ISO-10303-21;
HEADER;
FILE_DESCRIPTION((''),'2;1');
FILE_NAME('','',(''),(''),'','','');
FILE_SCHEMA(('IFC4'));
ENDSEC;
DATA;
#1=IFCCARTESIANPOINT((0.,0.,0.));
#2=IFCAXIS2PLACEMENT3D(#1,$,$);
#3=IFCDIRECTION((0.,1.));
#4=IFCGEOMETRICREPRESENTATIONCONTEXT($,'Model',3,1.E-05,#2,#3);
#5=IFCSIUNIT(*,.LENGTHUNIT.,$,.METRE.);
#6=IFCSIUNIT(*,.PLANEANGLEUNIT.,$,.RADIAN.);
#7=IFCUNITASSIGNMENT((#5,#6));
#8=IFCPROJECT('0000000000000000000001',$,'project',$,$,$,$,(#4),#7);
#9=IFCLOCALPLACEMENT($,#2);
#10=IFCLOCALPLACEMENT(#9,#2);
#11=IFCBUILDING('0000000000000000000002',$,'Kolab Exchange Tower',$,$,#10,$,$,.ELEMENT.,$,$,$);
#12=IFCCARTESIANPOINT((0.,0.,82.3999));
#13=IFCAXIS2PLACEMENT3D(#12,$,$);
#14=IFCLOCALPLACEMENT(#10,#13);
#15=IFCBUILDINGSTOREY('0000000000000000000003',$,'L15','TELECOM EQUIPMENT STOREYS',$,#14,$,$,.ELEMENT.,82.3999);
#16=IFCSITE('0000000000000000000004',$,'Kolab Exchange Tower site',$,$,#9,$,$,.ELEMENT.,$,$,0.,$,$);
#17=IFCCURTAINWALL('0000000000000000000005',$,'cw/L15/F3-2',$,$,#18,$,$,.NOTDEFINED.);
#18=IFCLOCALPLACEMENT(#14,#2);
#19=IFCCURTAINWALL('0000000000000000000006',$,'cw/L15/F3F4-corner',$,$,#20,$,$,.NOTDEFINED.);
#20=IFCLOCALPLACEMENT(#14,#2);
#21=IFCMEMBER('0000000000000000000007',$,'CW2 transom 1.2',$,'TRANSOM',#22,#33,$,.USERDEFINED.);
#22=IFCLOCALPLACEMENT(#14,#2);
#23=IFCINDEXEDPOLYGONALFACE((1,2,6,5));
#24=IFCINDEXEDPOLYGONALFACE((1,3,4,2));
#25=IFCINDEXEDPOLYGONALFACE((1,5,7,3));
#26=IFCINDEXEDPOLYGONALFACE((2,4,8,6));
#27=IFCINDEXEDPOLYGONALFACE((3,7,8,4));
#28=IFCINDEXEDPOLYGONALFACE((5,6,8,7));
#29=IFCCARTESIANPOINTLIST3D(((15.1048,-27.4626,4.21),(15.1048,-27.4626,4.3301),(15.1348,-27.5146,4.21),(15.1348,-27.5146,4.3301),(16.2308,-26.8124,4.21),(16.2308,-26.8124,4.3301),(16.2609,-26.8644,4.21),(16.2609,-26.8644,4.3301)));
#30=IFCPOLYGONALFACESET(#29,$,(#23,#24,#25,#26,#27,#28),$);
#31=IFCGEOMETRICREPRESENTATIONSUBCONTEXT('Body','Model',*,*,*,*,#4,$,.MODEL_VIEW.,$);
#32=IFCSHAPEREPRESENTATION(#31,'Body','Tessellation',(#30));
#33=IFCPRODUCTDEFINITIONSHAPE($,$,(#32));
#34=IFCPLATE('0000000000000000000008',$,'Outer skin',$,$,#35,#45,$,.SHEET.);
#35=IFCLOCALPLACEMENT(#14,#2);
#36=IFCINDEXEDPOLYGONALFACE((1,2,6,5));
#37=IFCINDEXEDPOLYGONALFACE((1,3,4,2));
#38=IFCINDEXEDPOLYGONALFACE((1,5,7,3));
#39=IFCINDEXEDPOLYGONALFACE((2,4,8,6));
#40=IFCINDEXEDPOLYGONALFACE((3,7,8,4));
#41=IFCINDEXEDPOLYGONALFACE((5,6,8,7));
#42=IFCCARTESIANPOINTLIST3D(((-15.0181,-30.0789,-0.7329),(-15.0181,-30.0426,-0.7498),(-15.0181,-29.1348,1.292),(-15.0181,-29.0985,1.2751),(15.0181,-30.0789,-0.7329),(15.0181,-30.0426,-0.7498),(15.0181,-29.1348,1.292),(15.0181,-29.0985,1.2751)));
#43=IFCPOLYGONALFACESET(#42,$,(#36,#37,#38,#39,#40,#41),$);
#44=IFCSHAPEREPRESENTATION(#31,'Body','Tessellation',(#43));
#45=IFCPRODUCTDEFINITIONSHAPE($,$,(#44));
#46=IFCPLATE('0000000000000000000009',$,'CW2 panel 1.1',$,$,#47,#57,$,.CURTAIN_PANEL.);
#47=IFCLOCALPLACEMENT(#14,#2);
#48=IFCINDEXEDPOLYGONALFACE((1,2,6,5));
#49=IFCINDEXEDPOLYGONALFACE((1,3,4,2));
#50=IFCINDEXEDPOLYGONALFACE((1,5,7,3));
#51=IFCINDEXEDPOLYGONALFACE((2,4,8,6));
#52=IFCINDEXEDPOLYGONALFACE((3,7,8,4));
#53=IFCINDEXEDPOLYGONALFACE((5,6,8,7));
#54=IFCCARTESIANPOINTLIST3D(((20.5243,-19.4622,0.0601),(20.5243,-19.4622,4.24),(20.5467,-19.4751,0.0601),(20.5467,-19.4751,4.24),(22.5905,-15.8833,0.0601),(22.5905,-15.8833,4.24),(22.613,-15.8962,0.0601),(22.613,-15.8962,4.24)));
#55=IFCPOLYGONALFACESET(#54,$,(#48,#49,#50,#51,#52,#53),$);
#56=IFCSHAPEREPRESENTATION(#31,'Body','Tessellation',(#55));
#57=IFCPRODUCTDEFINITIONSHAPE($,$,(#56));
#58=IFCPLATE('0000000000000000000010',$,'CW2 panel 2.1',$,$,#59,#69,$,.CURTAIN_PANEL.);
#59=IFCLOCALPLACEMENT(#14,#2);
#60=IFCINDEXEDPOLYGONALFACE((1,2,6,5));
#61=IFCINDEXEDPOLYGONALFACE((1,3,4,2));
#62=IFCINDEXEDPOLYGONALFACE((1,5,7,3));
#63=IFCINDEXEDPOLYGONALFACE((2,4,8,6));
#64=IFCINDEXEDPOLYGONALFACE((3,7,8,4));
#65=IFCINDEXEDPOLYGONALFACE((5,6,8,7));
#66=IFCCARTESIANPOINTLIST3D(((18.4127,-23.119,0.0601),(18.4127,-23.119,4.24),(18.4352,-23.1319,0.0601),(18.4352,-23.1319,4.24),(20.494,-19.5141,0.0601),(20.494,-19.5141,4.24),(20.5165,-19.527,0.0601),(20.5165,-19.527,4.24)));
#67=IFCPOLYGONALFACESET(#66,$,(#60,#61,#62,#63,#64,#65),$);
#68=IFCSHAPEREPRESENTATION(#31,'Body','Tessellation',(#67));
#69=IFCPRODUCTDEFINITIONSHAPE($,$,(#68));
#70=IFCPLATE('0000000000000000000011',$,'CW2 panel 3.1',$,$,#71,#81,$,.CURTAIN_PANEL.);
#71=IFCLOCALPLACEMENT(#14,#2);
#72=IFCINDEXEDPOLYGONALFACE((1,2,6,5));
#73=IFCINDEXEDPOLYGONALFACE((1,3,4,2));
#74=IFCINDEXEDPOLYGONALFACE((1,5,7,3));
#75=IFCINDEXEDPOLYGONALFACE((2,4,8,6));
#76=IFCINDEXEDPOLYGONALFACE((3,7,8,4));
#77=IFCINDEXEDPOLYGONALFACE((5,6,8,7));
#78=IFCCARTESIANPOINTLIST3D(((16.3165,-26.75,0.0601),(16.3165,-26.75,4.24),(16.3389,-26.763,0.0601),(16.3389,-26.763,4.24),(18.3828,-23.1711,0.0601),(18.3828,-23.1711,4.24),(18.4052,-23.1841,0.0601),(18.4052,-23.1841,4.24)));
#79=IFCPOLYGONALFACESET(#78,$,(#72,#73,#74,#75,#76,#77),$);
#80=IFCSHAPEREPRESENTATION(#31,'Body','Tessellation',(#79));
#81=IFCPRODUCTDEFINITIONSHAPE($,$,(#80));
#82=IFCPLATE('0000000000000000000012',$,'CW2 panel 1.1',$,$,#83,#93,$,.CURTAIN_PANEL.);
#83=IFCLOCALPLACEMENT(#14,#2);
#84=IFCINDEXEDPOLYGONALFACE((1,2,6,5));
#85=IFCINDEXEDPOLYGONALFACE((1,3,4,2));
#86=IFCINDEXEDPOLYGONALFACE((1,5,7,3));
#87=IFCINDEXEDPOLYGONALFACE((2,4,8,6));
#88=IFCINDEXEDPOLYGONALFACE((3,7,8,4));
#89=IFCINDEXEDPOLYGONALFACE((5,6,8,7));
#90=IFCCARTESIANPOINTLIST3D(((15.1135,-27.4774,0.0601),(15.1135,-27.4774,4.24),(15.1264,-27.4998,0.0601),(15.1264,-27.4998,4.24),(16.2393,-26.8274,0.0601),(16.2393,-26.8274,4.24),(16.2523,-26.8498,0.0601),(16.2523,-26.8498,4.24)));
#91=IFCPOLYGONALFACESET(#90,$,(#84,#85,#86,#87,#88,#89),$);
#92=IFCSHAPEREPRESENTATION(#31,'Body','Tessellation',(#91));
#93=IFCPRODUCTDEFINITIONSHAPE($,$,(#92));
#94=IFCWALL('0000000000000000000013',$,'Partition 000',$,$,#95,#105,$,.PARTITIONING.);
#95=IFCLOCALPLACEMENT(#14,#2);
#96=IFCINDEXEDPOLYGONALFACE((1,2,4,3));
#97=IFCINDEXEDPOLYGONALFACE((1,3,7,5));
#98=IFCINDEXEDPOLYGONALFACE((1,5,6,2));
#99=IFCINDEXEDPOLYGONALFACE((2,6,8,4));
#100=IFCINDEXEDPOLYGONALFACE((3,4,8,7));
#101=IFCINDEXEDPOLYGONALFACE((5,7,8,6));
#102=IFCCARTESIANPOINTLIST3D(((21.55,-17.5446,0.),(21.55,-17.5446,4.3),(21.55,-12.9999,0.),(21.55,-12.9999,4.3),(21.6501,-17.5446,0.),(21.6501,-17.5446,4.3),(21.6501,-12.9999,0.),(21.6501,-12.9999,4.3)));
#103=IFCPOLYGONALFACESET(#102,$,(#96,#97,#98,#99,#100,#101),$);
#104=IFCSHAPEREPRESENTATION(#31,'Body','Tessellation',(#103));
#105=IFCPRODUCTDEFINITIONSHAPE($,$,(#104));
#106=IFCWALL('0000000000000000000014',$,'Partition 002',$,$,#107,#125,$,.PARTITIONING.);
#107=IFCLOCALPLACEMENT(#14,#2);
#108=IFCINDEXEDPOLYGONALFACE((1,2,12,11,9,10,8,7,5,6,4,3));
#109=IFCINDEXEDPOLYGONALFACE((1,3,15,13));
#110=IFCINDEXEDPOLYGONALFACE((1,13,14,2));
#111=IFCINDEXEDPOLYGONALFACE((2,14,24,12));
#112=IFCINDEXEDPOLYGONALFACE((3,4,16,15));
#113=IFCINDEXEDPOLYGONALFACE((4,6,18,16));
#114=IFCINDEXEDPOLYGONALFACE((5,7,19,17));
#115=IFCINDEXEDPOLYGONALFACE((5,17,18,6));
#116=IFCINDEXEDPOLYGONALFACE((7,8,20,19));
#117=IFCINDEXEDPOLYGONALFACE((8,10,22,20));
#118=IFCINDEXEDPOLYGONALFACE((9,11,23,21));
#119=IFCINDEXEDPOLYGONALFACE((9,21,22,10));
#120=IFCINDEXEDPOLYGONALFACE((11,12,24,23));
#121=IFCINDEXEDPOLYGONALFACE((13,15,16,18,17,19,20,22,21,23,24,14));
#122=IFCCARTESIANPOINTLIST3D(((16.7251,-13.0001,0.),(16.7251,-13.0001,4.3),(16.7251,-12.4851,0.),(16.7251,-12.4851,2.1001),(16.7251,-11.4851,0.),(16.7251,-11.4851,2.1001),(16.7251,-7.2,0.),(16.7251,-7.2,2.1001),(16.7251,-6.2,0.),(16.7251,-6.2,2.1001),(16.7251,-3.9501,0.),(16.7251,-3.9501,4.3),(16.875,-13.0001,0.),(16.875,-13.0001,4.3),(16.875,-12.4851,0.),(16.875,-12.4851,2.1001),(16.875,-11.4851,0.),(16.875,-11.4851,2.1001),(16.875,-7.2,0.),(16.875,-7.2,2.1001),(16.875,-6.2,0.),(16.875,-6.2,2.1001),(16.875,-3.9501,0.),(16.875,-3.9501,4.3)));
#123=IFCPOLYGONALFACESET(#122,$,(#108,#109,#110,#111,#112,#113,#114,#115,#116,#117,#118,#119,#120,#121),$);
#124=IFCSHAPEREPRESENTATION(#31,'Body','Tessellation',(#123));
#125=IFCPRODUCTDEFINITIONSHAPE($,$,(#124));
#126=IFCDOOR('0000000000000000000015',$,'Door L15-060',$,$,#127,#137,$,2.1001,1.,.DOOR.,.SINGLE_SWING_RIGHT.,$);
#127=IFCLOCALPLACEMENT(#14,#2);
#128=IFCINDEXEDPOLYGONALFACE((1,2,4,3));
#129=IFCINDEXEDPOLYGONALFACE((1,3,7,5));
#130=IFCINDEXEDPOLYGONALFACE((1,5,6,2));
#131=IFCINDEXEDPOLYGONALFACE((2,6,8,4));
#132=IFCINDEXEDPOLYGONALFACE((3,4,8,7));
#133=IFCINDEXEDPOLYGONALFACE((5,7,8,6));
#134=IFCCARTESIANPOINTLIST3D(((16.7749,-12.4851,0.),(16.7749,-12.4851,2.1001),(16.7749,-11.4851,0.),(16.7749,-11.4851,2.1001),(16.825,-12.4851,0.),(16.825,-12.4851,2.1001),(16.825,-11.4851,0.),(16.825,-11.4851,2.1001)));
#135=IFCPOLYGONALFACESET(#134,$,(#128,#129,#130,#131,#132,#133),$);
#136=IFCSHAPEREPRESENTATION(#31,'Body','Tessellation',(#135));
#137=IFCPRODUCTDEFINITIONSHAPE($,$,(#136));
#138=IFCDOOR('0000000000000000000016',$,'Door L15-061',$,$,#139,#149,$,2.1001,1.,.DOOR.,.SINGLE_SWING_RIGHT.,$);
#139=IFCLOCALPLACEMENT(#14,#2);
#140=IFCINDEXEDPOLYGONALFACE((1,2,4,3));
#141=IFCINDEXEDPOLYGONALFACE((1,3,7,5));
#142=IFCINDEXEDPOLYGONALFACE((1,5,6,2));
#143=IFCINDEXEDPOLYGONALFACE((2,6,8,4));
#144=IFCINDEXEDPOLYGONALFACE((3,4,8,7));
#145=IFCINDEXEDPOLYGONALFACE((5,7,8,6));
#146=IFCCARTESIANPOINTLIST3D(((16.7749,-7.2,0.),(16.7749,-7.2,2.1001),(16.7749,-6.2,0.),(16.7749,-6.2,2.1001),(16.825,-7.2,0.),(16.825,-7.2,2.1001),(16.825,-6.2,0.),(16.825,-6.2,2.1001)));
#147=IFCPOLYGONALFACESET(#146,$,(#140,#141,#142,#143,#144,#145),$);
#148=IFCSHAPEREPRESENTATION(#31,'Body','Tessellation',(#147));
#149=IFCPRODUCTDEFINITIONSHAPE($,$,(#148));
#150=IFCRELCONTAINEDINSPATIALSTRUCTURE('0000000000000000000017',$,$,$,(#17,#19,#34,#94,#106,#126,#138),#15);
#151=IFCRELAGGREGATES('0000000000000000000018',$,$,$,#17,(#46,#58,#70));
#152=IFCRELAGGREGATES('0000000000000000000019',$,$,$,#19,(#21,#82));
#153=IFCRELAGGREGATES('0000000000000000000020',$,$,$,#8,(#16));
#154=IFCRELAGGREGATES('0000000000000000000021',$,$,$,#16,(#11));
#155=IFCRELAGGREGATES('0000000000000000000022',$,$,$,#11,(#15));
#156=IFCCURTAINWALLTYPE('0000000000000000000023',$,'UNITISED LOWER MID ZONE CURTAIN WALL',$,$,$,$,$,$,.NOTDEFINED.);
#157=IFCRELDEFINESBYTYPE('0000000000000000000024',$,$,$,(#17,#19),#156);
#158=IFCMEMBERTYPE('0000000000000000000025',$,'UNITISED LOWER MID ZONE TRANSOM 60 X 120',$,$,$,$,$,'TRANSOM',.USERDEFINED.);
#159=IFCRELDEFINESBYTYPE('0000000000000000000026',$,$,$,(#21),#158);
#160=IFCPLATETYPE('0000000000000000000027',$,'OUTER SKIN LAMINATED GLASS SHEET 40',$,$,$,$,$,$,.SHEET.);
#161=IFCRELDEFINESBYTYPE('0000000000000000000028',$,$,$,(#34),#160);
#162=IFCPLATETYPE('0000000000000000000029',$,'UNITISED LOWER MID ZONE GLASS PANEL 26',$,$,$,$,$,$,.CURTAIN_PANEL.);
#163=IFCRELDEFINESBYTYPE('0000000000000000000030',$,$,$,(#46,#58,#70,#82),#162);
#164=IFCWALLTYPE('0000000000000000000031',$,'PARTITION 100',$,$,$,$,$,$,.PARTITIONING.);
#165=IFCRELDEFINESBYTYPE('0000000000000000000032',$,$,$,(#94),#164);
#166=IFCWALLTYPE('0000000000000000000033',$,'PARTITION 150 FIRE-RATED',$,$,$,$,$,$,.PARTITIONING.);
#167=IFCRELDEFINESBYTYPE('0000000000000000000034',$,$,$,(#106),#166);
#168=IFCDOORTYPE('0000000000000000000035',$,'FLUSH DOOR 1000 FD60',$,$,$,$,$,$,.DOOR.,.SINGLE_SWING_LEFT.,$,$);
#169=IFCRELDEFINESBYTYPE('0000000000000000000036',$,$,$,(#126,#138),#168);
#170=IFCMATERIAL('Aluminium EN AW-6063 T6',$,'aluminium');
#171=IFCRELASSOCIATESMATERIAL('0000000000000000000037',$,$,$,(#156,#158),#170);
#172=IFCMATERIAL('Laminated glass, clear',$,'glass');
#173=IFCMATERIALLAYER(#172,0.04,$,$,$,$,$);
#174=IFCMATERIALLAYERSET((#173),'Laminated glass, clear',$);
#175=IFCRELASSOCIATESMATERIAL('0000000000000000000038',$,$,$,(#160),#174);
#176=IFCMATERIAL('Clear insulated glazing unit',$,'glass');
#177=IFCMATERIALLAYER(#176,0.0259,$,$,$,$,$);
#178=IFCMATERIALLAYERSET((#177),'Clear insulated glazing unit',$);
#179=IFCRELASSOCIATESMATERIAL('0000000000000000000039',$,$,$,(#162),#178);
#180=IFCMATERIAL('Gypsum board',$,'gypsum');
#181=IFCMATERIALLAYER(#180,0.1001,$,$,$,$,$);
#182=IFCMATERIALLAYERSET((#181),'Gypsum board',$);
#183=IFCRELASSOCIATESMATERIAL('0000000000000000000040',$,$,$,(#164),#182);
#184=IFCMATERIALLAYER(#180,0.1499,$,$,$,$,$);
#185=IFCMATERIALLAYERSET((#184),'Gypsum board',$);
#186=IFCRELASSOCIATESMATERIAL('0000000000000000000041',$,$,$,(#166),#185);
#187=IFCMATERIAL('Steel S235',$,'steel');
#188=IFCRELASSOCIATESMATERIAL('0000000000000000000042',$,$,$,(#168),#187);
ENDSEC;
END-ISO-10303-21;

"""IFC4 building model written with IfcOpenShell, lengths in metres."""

from ifc_helpers import new_model, si_unit, direction, frame, frame_2d, origin, origin_2d, place, context, subcontext, project, spatial, polyline, rectangle, outline, extrude, material, layer, layer_set, material_profile, profile_set, type_object, element, fill, aggregate, save


model = new_model("IFC4")

# Units and contexts
model_context = context("Model", 3, precision=1e-05, world=origin(), true_north=direction((0.0, 1.0)))
body_context = subcontext(model_context, "Body", "Model", "MODEL_VIEW")
ifc_project = project(units=[si_unit("LENGTHUNIT", "METRE"), si_unit("PLANEANGLEUNIT", "RADIAN")], contexts=[model_context])

# Site, building, storey
site_placement = place(None, origin())
site = spatial("IfcSite", under=ifc_project, at=site_placement, Name="Kolab Exchange Tower site", CompositionType="ELEMENT", RefElevation=0.0)
building_placement = place(site_placement, origin())
building = spatial("IfcBuilding", under=site, at=building_placement, Name="Kolab Exchange Tower", CompositionType="ELEMENT")
storey_placement = place(building_placement, frame((0.0, 0.0, 82.3999)))
storey = spatial("IfcBuildingStorey", under=building, at=storey_placement, Name="L15", Description="TELECOM EQUIPMENT STOREYS", CompositionType="ELEMENT", Elevation=82.3999)

# Curtain wall
ifc_material_1 = material(Name="Aluminium EN AW-6063 T6", Category="aluminium")
curtain_wall_type = type_object("IfcCurtainWallType", Name="UNITISED LOWER MID ZONE CURTAIN WALL", PredefinedType="NOTDEFINED", material=ifc_material_1)
curtain_wall_1_placement = place(storey_placement, origin())
curtain_wall_1 = element("IfcCurtainWall", 1, at=curtain_wall_1_placement, inside=storey, type_object=curtain_wall_type, Name="cw/L15/F3-2", PredefinedType="NOTDEFINED")

# Curtain wall
curtain_wall_2_placement = place(storey_placement, origin())
curtain_wall_2 = element("IfcCurtainWall", 2, at=curtain_wall_2_placement, inside=storey, type_object=curtain_wall_type, Name="cw/L15/F3F4-corner", PredefinedType="NOTDEFINED")

# Member
ifc_material_profile_1 = material_profile(ifc_material_1, rectangle(XDim=0.0601, YDim=0.1201, at=origin_2d()), Name="RECT 60X120")
ifc_profile_set_1 = profile_set([ifc_material_profile_1], Name="Aluminium EN AW-6063 T6")
member_type_1 = type_object("IfcMemberType", Name="UNITISED LOWER MID ZONE TRANSOM 60 X 120", ElementType="TRANSOM", PredefinedType="USERDEFINED", material=ifc_profile_set_1)
member_1_placement = place(storey_placement, frame((16.2458, -26.8384, 4.27), z_axis=(-0.866004, -0.500037, 0.0), x_axis=(0.500037, -0.866004, 0.0)))
member_1 = element("IfcMember", 3, at=member_1_placement, type_object=member_type_1, Name="CW2 transom 1.2", ObjectType="TRANSOM", PredefinedType="USERDEFINED", context=body_context, shape_type="SweptSolid", body=[
    extrude(rectangle(XDim=0.0601, YDim=0.1201, at=origin_2d()), origin(), (0.0, 0.0, 1.0), 1.3003),
])

# Plates
ifc_material_2 = material(Name="Laminated glass, clear", Category="glass")
ifc_layer_1 = layer(ifc_material_2, 0.04)
ifc_layer_set_1 = layer_set([ifc_layer_1], Name="Laminated glass, clear")
plate_type_1 = type_object("IfcPlateType", Name="OUTER SKIN LAMINATED GLASS SHEET 40", PredefinedType="SHEET", material=ifc_layer_set_1)
plate_1_placement = place(storey_placement, frame((15.0181, -30.0789, -0.7329), z_axis=(0.0, -0.906331, 0.422568), x_axis=(-1.0, 0.0, 0.0)))
element("IfcPlate", 4, at=plate_1_placement, inside=storey, type_object=plate_type_1, Name="Outer skin", PredefinedType="SHEET", context=body_context, shape_type="SweptSolid", body=[
    extrude(outline(polyline([(0.0, 0.0), (30.0361, 0.0), (30.0361, -2.2342), (0.0, -2.2342), (0.0, 0.0)])), origin(), (0.0, 0.0, -1.0), 0.04),
])
ifc_material_3 = material(Name="Clear insulated glazing unit", Category="glass")
ifc_layer_2 = layer(ifc_material_3, 0.0259)
ifc_layer_set_2 = layer_set([ifc_layer_2], Name="Clear insulated glazing unit")
plate_type_2 = type_object("IfcPlateType", Name="UNITISED LOWER MID ZONE GLASS PANEL 26", PredefinedType="CURTAIN_PANEL", material=ifc_layer_set_2)
plate_2_placement = place(storey_placement, frame((21.5686, -17.6792, 0.0601), z_axis=(0.0, 0.0, 1.0), x_axis=(-0.5, -0.866025, 0.0)))
plate_2 = element("IfcPlate", 5, at=plate_2_placement, type_object=plate_type_2, Name="CW2 panel 1.1", PredefinedType="CURTAIN_PANEL", context=body_context, shape_type="SweptSolid", body=[
    extrude(rectangle(XDim=4.1326, YDim=0.0259, at=origin_2d()), origin(), (0.0, 0.0, 1.0), 4.1799),
])
plate_3_placement = place(storey_placement, frame((19.4646, -21.323, 0.0601), z_axis=(0.0, 0.0, 1.0), x_axis=(-0.5, -0.866025, 0.0)))
plate_3 = element("IfcPlate", 6, at=plate_3_placement, type_object=plate_type_2, Name="CW2 panel 2.1", PredefinedType="CURTAIN_PANEL", context=body_context, shape_type="SweptSolid", body=[
    extrude(rectangle(XDim=4.1626, YDim=0.0259, at=origin_2d()), origin(), (0.0, 0.0, 1.0), 4.1799),
])
plate_4_placement = place(storey_placement, frame((17.3608, -24.967, 0.0601), z_axis=(0.0, 0.0, 1.0), x_axis=(-0.5, -0.866025, 0.0)))
plate_4 = element("IfcPlate", 7, at=plate_4_placement, type_object=plate_type_2, Name="CW2 panel 3.1", PredefinedType="CURTAIN_PANEL", context=body_context, shape_type="SweptSolid", body=[
    extrude(rectangle(XDim=4.1326, YDim=0.0259, at=origin_2d()), origin(), (0.0, 0.0, 1.0), 4.1799),
])
aggregate(curtain_wall_1, [plate_2, plate_3, plate_4])
plate_5_placement = place(storey_placement, frame((15.6829, -27.1636, 0.0601), z_axis=(0.0, 0.0, 1.0), x_axis=(-0.866025, -0.5, 0.0)))
plate_5 = element("IfcPlate", 8, at=plate_5_placement, type_object=plate_type_2, Name="CW2 panel 1.1", PredefinedType="CURTAIN_PANEL", context=body_context, shape_type="SweptSolid", body=[
    extrude(rectangle(XDim=1.3, YDim=0.0259, at=origin_2d()), origin(), (0.0, 0.0, 1.0), 4.1799),
])
aggregate(curtain_wall_2, [member_1, plate_5])

# Wall
ifc_material_4 = material(Name="Gypsum board", Category="gypsum")
ifc_layer_3 = layer(ifc_material_4, 0.1001)
ifc_layer_set_3 = layer_set([ifc_layer_3], Name="Gypsum board")
wall_type_1 = type_object("IfcWallType", Name="PARTITION 100", PredefinedType="PARTITIONING", material=ifc_layer_set_3)
wall_1_placement = place(storey_placement, frame((21.6001, -17.5447, 0.0), z_axis=(0.0, 0.0, 1.0), x_axis=(0.0, 1.0, 0.0)))
element("IfcWall", 9, at=wall_1_placement, inside=storey, type_object=wall_type_1, Name="Partition 000", PredefinedType="PARTITIONING", context=body_context, shape_type="SweptSolid", body=[
    extrude(rectangle(XDim=4.5447, YDim=0.1001, at=frame_2d((2.2725, 0.0))), origin(), (0.0, 0.0, 1.0), 4.3),
])

# Wall, openings, doors
ifc_layer_4 = layer(ifc_material_4, 0.1499)
ifc_layer_set_4 = layer_set([ifc_layer_4], Name="Gypsum board")
wall_type_2 = type_object("IfcWallType", Name="PARTITION 150 FIRE-RATED", PredefinedType="PARTITIONING", material=ifc_layer_set_4)
wall_2_placement = place(storey_placement, frame((16.8, -13.0, 0.0), z_axis=(0.0, 0.0, 1.0), x_axis=(0.0, 1.0, 0.0)))
wall_2 = element("IfcWall", 10, at=wall_2_placement, inside=storey, type_object=wall_type_2, Name="Partition 002", PredefinedType="PARTITIONING", context=body_context, shape_type="SweptSolid", body=[
    extrude(rectangle(XDim=9.05, YDim=0.1499, at=frame_2d((4.5249, 0.0))), origin(), (0.0, 0.0, 1.0), 4.3),
])
opening_1_placement = place(wall_2_placement, frame((0.5149, 0.0, 0.0)))
opening_1 = element("IfcOpeningElement", 11, at=opening_1_placement, cuts=wall_2, PredefinedType="OPENING", context=body_context, shape_type="SweptSolid", body=[
    extrude(rectangle(XDim=1.0, YDim=2.1001, at=frame_2d((0.5, 1.05))), frame((0.0, 0.085, 0.0), z_axis=(0.0, -1.0, 0.0), x_axis=(1.0, 0.0, 0.0)), (0.0, 0.0, 1.0), 0.1699),
])
opening_2_placement = place(wall_2_placement, frame((5.8, 0.0, 0.0)))
opening_2 = element("IfcOpeningElement", 12, at=opening_2_placement, cuts=wall_2, PredefinedType="OPENING", context=body_context, shape_type="SweptSolid", body=[
    extrude(rectangle(XDim=1.0, YDim=2.1001, at=frame_2d((0.5, 1.05))), frame((0.0, 0.085, 0.0), z_axis=(0.0, -1.0, 0.0), x_axis=(1.0, 0.0, 0.0)), (0.0, 0.0, 1.0), 0.1699),
])
ifc_material_5 = material(Name="Steel S235", Category="steel")
door_type = type_object("IfcDoorType", Name="FLUSH DOOR 1000 FD60", OperationType="SINGLE_SWING_LEFT", PredefinedType="DOOR", material=ifc_material_5)
door_1_placement = place(opening_1_placement, frame((1.0, 0.0, 0.0), z_axis=(0.0, 0.0, 1.0), x_axis=(-1.0, 0.0, 0.0)))
door_1 = element("IfcDoor", 13, at=door_1_placement, inside=storey, type_object=door_type, Name="Door L15-060", OperationType="SINGLE_SWING_RIGHT", OverallHeight=2.1001, OverallWidth=1.0, PredefinedType="DOOR", context=body_context, shape_type="SweptSolid", body=[
    extrude(rectangle(XDim=1.0, YDim=2.1001, at=frame_2d((0.5, 1.05))), frame((0.0, 0.0249, 0.0), z_axis=(0.0, -1.0, 0.0), x_axis=(1.0, 0.0, 0.0)), (0.0, 0.0, 1.0), 0.05),
])
fill(opening_1, door_1)
door_2_placement = place(opening_2_placement, frame((1.0, 0.0, 0.0), z_axis=(0.0, 0.0, 1.0), x_axis=(-1.0, 0.0, 0.0)))
door_2 = element("IfcDoor", 14, at=door_2_placement, inside=storey, type_object=door_type, Name="Door L15-061", OperationType="SINGLE_SWING_RIGHT", OverallHeight=2.1001, OverallWidth=1.0, PredefinedType="DOOR", context=body_context, shape_type="SweptSolid", body=[
    extrude(rectangle(XDim=1.0, YDim=2.1001, at=frame_2d((0.5, 1.05))), frame((0.0, 0.0249, 0.0), z_axis=(0.0, -1.0, 0.0), x_axis=(1.0, 0.0, 0.0)), (0.0, 0.0, 1.0), 0.05),
])
fill(opening_2, door_2)

save(model, "model.ifc")
